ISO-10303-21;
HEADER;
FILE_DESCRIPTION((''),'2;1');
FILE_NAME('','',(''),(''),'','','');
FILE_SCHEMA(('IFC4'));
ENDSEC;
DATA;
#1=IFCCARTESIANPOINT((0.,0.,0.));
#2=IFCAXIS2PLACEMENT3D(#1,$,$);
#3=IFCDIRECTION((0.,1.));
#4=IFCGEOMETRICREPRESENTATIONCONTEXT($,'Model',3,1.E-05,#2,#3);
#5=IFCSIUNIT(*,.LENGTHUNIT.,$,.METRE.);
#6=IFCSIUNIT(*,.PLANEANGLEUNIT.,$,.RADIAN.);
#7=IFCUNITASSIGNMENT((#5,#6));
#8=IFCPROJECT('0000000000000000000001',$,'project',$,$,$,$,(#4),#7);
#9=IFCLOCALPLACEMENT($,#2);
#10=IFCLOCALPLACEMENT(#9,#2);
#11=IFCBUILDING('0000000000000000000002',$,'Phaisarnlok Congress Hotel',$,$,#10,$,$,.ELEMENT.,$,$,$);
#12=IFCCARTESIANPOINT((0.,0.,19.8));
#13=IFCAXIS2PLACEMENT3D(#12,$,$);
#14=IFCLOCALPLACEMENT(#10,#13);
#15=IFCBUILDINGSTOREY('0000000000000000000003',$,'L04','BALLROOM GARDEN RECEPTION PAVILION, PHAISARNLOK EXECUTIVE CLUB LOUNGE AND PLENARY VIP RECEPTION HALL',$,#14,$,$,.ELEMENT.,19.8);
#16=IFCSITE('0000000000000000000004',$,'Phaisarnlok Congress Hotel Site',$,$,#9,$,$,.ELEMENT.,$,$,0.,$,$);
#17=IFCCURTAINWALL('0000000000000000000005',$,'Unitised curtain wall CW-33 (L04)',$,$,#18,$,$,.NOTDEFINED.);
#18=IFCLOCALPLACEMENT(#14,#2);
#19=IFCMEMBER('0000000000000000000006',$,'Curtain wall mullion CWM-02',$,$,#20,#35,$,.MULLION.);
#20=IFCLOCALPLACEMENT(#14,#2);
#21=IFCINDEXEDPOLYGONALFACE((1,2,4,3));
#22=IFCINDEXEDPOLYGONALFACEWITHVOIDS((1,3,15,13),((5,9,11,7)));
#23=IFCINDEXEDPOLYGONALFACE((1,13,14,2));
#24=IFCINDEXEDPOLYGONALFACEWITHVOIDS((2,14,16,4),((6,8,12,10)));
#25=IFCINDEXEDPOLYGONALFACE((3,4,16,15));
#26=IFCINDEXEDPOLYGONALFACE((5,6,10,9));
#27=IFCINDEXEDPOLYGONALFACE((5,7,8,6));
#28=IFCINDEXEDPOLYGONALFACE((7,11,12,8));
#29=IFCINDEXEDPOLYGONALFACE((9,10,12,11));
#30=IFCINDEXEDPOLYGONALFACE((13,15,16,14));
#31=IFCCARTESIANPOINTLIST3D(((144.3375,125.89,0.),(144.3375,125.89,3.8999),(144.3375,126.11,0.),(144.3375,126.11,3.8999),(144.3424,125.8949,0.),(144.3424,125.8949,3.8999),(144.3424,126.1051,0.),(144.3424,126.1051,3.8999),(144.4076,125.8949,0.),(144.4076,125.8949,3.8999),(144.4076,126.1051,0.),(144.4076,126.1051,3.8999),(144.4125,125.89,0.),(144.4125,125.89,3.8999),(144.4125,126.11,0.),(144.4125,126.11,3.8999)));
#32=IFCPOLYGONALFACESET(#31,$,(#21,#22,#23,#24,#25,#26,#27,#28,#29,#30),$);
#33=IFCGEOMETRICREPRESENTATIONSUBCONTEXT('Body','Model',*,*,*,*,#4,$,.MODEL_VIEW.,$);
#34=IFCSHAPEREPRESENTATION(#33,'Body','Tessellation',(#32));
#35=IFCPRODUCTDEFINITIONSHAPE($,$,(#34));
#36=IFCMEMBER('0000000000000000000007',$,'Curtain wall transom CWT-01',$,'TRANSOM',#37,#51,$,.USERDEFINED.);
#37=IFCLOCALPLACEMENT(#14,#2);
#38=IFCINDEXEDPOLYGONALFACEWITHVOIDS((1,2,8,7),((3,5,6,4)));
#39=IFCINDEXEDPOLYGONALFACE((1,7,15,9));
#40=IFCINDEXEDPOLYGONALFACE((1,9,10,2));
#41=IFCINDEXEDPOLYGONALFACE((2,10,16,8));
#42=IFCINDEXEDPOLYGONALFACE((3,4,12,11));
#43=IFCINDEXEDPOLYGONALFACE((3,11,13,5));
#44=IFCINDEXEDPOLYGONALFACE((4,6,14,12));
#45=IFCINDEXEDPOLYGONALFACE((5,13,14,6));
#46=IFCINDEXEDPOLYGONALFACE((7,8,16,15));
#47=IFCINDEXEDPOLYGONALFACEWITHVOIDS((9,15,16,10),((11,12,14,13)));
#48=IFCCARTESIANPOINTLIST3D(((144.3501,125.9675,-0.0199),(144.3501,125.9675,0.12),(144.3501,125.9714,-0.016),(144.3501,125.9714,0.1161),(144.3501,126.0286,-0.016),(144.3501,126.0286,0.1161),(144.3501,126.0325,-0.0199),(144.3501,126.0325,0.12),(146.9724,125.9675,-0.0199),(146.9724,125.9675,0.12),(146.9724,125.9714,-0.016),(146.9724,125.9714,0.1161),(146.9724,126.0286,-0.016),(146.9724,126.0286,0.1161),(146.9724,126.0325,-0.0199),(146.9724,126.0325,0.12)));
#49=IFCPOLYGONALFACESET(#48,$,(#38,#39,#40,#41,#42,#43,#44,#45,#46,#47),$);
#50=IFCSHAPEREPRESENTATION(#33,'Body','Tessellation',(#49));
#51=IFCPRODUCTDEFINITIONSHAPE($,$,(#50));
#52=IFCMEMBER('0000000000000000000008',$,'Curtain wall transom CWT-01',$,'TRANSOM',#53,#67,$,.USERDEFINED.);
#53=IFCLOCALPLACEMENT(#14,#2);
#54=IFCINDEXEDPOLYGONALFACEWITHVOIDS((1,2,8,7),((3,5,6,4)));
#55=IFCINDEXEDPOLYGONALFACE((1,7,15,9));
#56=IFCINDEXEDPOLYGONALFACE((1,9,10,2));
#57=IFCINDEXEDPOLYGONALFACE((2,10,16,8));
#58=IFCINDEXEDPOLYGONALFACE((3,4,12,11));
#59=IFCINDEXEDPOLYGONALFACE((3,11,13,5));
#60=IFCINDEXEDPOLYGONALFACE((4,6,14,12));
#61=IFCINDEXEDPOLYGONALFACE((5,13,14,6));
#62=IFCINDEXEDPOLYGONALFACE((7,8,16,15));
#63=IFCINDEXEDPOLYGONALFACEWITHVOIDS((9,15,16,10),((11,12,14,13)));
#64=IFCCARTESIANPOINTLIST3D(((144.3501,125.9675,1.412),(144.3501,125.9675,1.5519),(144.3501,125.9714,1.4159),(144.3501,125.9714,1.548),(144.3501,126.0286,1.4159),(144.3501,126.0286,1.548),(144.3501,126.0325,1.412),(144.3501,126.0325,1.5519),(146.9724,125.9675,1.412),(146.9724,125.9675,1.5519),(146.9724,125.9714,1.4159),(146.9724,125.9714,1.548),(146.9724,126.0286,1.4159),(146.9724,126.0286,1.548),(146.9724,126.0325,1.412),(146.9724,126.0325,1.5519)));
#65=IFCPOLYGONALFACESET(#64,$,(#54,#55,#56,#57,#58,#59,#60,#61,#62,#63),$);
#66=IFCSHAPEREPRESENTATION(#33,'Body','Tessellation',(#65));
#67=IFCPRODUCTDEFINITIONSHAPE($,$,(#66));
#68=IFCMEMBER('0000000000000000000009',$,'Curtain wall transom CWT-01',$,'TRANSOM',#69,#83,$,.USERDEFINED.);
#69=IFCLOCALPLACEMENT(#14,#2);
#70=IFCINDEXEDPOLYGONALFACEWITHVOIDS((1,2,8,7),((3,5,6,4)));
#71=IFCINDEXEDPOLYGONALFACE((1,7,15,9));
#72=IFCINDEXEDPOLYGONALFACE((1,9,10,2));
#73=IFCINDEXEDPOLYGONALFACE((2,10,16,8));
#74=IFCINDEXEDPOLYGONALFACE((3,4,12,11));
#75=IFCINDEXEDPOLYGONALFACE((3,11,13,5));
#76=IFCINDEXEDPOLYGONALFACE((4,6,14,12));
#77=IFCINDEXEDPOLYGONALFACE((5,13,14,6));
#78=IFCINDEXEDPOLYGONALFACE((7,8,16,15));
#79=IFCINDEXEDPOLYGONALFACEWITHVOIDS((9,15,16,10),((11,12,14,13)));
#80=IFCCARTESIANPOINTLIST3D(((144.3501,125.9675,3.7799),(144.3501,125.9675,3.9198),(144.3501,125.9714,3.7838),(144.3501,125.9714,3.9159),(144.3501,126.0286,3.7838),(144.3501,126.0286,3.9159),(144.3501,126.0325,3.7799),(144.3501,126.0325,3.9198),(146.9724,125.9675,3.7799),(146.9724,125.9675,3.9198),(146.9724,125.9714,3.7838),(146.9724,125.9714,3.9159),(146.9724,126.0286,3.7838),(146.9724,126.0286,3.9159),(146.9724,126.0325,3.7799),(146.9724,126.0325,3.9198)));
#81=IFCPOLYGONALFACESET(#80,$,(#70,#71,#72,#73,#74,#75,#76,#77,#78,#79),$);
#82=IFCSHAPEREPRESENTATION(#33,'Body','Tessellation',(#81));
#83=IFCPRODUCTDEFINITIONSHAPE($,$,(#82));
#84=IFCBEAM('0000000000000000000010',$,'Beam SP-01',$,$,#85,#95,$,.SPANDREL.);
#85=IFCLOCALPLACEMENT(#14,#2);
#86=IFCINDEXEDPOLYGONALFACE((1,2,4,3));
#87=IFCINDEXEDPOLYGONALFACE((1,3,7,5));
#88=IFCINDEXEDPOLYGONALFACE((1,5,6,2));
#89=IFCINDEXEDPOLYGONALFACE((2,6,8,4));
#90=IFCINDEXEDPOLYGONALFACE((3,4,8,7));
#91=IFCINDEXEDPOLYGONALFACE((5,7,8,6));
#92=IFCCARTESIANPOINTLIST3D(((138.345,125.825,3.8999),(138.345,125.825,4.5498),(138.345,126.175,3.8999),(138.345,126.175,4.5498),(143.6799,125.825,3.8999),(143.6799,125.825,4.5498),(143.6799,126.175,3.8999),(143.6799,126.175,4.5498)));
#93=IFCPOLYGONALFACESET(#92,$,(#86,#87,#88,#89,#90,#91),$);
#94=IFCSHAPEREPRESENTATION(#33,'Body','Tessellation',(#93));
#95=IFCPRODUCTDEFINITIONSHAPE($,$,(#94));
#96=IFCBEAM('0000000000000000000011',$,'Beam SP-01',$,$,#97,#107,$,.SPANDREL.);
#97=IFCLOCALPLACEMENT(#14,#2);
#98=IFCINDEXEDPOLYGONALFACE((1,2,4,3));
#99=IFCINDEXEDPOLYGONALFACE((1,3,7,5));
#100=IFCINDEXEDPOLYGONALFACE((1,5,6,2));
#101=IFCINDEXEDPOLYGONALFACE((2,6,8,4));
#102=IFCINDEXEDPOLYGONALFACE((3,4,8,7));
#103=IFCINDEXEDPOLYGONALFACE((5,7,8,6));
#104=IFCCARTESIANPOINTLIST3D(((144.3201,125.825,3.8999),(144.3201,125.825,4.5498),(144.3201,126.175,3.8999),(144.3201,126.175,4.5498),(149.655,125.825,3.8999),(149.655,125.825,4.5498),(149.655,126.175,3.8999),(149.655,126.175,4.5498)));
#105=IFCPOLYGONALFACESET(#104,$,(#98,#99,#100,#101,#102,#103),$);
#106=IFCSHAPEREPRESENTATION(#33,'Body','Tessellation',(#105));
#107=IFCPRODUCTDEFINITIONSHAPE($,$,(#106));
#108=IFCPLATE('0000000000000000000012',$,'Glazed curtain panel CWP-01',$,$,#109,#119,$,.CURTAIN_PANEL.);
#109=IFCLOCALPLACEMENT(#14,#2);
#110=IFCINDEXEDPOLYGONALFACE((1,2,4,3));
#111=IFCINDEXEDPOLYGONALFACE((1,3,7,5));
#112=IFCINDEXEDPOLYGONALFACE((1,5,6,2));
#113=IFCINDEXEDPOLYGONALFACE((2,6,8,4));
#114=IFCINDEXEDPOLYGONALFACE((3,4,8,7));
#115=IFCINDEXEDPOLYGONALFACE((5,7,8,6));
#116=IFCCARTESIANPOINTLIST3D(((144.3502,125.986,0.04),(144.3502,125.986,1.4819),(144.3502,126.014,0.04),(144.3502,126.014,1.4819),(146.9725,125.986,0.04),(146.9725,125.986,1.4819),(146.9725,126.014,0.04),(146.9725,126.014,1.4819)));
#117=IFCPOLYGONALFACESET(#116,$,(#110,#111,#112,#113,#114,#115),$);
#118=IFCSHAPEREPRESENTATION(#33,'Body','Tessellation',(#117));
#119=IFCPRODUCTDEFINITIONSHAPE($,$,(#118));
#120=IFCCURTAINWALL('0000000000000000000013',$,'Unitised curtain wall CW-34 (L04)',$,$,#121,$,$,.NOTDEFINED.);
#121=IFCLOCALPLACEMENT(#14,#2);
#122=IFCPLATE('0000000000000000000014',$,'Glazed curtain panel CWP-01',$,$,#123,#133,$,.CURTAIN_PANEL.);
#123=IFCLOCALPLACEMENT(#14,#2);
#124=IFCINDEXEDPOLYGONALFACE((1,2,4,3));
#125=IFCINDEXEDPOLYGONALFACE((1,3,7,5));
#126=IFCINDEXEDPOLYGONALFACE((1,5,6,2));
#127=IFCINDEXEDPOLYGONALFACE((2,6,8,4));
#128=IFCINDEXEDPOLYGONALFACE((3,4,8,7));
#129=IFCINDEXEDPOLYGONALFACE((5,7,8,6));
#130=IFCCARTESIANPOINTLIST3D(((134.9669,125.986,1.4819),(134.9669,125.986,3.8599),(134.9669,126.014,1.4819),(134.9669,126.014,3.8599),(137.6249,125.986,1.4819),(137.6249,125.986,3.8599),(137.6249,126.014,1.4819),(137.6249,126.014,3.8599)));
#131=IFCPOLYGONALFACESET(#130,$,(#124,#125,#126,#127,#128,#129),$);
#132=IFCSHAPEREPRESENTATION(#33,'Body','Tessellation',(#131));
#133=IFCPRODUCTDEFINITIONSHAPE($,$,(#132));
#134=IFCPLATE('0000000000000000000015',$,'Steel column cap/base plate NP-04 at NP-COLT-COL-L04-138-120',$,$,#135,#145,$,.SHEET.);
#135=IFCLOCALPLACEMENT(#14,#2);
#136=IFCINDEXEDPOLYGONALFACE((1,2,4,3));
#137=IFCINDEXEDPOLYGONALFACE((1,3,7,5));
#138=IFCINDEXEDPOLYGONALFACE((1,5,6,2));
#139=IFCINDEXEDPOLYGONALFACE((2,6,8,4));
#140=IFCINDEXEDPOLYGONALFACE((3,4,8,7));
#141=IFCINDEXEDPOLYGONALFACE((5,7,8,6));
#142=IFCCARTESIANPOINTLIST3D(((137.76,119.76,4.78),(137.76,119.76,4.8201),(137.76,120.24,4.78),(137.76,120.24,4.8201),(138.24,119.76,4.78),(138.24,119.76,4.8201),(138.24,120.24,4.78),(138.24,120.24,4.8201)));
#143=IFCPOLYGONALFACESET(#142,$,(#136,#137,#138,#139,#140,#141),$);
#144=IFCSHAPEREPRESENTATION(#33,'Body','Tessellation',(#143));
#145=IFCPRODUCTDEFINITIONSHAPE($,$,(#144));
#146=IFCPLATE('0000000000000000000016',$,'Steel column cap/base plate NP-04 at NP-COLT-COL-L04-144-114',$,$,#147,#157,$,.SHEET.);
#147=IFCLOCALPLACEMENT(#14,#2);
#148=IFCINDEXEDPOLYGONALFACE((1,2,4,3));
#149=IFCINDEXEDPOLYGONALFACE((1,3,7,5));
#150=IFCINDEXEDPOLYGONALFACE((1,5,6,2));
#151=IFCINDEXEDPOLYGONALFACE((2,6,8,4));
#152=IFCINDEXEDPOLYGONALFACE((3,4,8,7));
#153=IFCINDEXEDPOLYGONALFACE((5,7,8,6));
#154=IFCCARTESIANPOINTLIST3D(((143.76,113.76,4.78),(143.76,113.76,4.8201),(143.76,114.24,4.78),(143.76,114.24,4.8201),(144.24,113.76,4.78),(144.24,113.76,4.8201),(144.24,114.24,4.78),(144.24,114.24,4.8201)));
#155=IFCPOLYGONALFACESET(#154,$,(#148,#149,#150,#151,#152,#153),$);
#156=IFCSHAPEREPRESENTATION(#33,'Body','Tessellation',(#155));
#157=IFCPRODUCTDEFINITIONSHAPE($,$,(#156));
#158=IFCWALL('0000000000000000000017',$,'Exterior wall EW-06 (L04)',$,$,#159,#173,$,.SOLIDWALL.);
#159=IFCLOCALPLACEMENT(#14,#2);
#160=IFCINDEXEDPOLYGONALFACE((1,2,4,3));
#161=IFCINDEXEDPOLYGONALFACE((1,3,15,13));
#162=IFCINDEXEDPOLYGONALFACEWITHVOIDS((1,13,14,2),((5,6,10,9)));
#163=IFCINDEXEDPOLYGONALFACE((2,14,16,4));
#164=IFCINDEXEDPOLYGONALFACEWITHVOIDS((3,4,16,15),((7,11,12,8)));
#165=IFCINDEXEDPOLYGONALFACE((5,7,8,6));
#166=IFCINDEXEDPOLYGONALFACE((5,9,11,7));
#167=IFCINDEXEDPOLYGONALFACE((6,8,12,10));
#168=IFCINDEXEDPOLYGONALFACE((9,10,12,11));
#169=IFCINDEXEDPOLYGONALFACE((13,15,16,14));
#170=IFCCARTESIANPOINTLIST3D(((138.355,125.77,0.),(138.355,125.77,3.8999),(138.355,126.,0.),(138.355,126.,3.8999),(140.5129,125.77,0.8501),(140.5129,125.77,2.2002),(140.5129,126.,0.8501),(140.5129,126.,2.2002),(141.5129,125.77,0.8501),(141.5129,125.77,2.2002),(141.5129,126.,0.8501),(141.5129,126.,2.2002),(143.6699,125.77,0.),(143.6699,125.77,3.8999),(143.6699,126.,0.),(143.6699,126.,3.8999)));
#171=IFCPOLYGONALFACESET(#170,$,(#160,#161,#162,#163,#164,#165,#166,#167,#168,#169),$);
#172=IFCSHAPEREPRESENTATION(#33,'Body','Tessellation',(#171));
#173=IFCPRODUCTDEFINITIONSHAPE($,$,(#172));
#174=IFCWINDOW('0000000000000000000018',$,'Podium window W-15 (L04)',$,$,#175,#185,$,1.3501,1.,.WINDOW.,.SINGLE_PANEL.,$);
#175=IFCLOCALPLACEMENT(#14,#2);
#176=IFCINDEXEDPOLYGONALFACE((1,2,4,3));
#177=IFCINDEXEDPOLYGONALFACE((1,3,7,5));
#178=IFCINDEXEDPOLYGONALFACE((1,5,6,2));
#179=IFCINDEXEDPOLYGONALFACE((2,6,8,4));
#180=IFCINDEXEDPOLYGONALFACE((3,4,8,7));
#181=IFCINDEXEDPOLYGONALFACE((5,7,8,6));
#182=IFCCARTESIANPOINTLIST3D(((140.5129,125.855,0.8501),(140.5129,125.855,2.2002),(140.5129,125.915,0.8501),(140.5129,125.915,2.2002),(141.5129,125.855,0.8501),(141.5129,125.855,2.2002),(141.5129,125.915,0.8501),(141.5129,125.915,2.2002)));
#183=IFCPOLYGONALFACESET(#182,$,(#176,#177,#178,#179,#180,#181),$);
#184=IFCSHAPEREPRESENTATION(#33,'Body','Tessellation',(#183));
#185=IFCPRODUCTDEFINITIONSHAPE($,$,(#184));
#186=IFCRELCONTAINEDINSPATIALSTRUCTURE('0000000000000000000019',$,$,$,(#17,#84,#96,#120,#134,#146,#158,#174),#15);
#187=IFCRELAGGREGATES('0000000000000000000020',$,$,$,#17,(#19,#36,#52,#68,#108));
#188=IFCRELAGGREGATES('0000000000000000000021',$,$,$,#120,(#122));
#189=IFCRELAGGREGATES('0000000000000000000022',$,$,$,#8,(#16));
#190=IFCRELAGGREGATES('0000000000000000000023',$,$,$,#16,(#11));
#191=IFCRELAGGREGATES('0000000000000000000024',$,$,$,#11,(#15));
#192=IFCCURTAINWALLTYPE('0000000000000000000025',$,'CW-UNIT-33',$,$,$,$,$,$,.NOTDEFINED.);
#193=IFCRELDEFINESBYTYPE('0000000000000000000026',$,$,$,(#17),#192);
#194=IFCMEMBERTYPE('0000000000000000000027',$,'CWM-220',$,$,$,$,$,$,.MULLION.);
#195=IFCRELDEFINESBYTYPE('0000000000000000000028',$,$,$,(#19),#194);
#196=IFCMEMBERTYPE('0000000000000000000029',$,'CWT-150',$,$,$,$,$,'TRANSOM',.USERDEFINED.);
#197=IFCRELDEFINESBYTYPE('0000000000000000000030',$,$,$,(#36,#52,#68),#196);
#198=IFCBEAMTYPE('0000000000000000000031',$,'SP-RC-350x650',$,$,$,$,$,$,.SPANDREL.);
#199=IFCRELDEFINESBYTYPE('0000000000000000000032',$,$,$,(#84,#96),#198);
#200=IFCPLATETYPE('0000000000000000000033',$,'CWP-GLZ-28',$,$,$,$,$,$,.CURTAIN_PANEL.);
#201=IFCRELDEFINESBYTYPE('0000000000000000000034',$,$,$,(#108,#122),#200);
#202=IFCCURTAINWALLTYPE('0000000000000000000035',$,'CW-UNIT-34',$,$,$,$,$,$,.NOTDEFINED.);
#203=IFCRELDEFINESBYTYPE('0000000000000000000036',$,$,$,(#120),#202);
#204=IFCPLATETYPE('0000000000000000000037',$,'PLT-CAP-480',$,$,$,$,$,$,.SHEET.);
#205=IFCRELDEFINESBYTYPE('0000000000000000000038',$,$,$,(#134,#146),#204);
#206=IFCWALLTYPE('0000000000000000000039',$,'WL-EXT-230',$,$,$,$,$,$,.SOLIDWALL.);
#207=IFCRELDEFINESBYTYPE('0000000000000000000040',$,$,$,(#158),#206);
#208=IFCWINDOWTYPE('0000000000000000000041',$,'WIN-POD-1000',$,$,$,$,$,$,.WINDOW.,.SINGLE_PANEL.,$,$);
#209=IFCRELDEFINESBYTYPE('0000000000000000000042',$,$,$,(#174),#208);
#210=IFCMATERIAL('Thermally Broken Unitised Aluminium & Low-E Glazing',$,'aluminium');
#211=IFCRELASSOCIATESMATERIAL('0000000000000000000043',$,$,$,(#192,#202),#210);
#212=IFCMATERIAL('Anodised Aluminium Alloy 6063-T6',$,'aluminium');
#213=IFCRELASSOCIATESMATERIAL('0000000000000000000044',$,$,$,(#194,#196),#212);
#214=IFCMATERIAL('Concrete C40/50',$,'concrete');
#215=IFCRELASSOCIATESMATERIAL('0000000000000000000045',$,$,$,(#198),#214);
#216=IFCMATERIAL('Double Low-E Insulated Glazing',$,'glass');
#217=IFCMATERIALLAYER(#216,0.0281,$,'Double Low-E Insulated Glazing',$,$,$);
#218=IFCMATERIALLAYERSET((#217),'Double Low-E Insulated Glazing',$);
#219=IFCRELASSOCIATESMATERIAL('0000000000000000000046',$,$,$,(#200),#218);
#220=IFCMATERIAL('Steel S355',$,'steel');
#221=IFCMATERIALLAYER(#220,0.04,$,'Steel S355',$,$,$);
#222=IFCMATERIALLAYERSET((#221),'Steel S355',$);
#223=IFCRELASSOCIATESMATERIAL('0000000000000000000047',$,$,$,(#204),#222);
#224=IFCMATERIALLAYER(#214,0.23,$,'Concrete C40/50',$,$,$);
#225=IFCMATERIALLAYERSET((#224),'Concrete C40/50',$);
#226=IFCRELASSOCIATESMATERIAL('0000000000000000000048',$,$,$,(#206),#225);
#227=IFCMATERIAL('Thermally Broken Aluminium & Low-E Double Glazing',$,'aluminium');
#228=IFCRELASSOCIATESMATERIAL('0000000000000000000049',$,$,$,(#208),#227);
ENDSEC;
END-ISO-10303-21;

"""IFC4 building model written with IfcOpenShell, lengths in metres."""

from ifc_helpers import new_model, si_unit, direction, frame, frame_2d, origin, origin_2d, place, context, subcontext, project, spatial, rectangle, hollow_rectangle, extrude, material, layer, layer_set, material_profile, profile_set, type_object, element, fill, aggregate, save


model = new_model("IFC4")

# Units and contexts
model_context = context("Model", 3, precision=1e-05, world=origin(), true_north=direction((0.0, 1.0)))
body_context = subcontext(model_context, "Body", "Model", "MODEL_VIEW")
ifc_project = project(units=[si_unit("LENGTHUNIT", "METRE"), si_unit("PLANEANGLEUNIT", "RADIAN")], contexts=[model_context])

# Site, building, storey
site_placement = place(None, origin())
site = spatial("IfcSite", under=ifc_project, at=site_placement, Name="Phaisarnlok Congress Hotel Site", CompositionType="ELEMENT", RefElevation=0.0)
building_placement = place(site_placement, origin())
building = spatial("IfcBuilding", under=site, at=building_placement, Name="Phaisarnlok Congress Hotel", CompositionType="ELEMENT")
storey_placement = place(building_placement, frame((0.0, 0.0, 19.8)))
storey = spatial("IfcBuildingStorey", under=building, at=storey_placement, Name="L04", Description="BALLROOM GARDEN RECEPTION PAVILION, PHAISARNLOK EXECUTIVE CLUB LOUNGE AND PLENARY VIP RECEPTION HALL", CompositionType="ELEMENT", Elevation=19.8)

# Shared definitions
ifc_material_1 = material(Name="Steel S355", Category="steel")

# Shared definitions
ifc_material_2 = material(Name="Concrete C40/50", Category="concrete")

# Curtain wall, members
ifc_material_3 = material(Name="Thermally Broken Unitised Aluminium & Low-E Glazing", Category="aluminium")
curtain_wall_type_1 = type_object("IfcCurtainWallType", Name="CW-UNIT-33", PredefinedType="NOTDEFINED", material=ifc_material_3)
curtain_wall_1_placement = place(storey_placement, origin())
curtain_wall_1 = element("IfcCurtainWall", 1, at=curtain_wall_1_placement, inside=storey, type_object=curtain_wall_type_1, Name="Unitised curtain wall CW-33 (L04)", PredefinedType="NOTDEFINED")
ifc_material_4 = material(Name="Anodised Aluminium Alloy 6063-T6", Category="aluminium")
ifc_material_profile_1 = material_profile(ifc_material_4, hollow_rectangle(XDim=0.075, YDim=0.22, WallThickness=0.0049, at=origin_2d()), Name="ALU-M 75x220x5")
ifc_profile_set_1 = profile_set([ifc_material_profile_1], Name="Anodised Aluminium Alloy 6063-T6")
member_type_1 = type_object("IfcMemberType", Name="CWM-220", PredefinedType="MULLION", material=ifc_profile_set_1)
member_1_placement = place(storey_placement, frame((144.375, 126.0, 0.0), z_axis=(0.0, 0.0, 1.0), x_axis=(-1.0, 0.0, 0.0)))
member_1 = element("IfcMember", 2, at=member_1_placement, type_object=member_type_1, Name="Curtain wall mullion CWM-02", PredefinedType="MULLION", context=body_context, shape_type="SweptSolid", body=[
    extrude(hollow_rectangle(XDim=0.075, YDim=0.22, WallThickness=0.0049, at=origin_2d()), origin(), (0.0, 0.0, 1.0), 3.8999),
])
ifc_material_profile_2 = material_profile(ifc_material_4, hollow_rectangle(XDim=0.0649, YDim=0.1399, WallThickness=0.0039, at=origin_2d()), Name="ALU-T 65x140x4")
ifc_profile_set_2 = profile_set([ifc_material_profile_2], Name="Anodised Aluminium Alloy 6063-T6")
member_type_2 = type_object("IfcMemberType", Name="CWT-150", ElementType="TRANSOM", PredefinedType="USERDEFINED", material=ifc_profile_set_2)
member_2_placement = place(storey_placement, frame((146.9724, 126.0, 0.05), z_axis=(-1.0, 0.0, 0.0), x_axis=(0.0, -1.0, 0.0)))
member_2 = element("IfcMember", 3, at=member_2_placement, type_object=member_type_2, Name="Curtain wall transom CWT-01", ObjectType="TRANSOM", PredefinedType="USERDEFINED", context=body_context, shape_type="SweptSolid", body=[
    extrude(hollow_rectangle(XDim=0.0649, YDim=0.1399, WallThickness=0.0039, at=origin_2d()), origin(), (0.0, 0.0, 1.0), 2.6223),
])
member_3_placement = place(storey_placement, frame((146.9724, 126.0, 1.4819), z_axis=(-1.0, 0.0, 0.0), x_axis=(0.0, -1.0, 0.0)))
member_3 = element("IfcMember", 4, at=member_3_placement, type_object=member_type_2, Name="Curtain wall transom CWT-01", ObjectType="TRANSOM", PredefinedType="USERDEFINED", context=body_context, shape_type="SweptSolid", body=[
    extrude(hollow_rectangle(XDim=0.0649, YDim=0.1399, WallThickness=0.0039, at=origin_2d()), origin(), (0.0, 0.0, 1.0), 2.6223),
])
member_4_placement = place(storey_placement, frame((146.9724, 126.0, 3.8499), z_axis=(-1.0, 0.0, 0.0), x_axis=(0.0, -1.0, 0.0)))
member_4 = element("IfcMember", 5, at=member_4_placement, type_object=member_type_2, Name="Curtain wall transom CWT-01", ObjectType="TRANSOM", PredefinedType="USERDEFINED", context=body_context, shape_type="SweptSolid", body=[
    extrude(hollow_rectangle(XDim=0.0649, YDim=0.1399, WallThickness=0.0039, at=origin_2d()), origin(), (0.0, 0.0, 1.0), 2.6223),
])

# Beams
ifc_material_profile_3 = material_profile(ifc_material_2, rectangle(XDim=0.3501, YDim=0.6499, at=origin_2d()), Name="RC 350x650")
ifc_profile_set_3 = profile_set([ifc_material_profile_3], Name="Concrete C40/50")
beam_type_1 = type_object("IfcBeamType", Name="SP-RC-350x650", PredefinedType="SPANDREL", material=ifc_profile_set_3)
for number, where, z_axis, x_axis, name in (
    (6, (138.345, 126.0, 4.2249), (1.0, 0.0, 0.0), (0.0, 1.0, 0.0), "Beam SP-01"),
    (7, (144.3201, 126.0, 4.2249), (1.0, 0.0, 0.0), (0.0, 1.0, 0.0), "Beam SP-01"),
):
    element("IfcBeam", number, at=place(storey_placement, frame(where, z_axis=z_axis, x_axis=x_axis)), inside=storey, type_object=beam_type_1, Name=name, PredefinedType="SPANDREL", context=body_context, shape_type="SweptSolid", body=[
        extrude(rectangle(XDim=0.3501, YDim=0.6499, at=origin_2d()), origin(), (0.0, 0.0, 1.0), 5.335),
    ])

# Plate
ifc_material_5 = material(Name="Double Low-E Insulated Glazing", Category="glass")
ifc_layer_1 = layer(ifc_material_5, 0.0281, Name="Double Low-E Insulated Glazing")
ifc_layer_set_1 = layer_set([ifc_layer_1], Name="Double Low-E Insulated Glazing")
plate_type_1 = type_object("IfcPlateType", Name="CWP-GLZ-28", PredefinedType="CURTAIN_PANEL", material=ifc_layer_set_1)
plate_1_placement = place(storey_placement, frame((146.9724, 126.0, 0.04), z_axis=(0.0, 0.0, 1.0), x_axis=(-1.0, 0.0, 0.0)))
plate_1 = element("IfcPlate", 8, at=plate_1_placement, type_object=plate_type_1, Name="Glazed curtain panel CWP-01", PredefinedType="CURTAIN_PANEL", context=body_context, shape_type="SweptSolid", body=[
    extrude(rectangle(XDim=2.6223, YDim=0.0281, at=frame_2d((1.311, 0.0))), origin(), (0.0, 0.0, 1.0), 1.4419),
])
aggregate(curtain_wall_1, [member_1, member_2, member_3, member_4, plate_1])

# Curtain wall, plate
curtain_wall_type_2 = type_object("IfcCurtainWallType", Name="CW-UNIT-34", PredefinedType="NOTDEFINED", material=ifc_material_3)
curtain_wall_2_placement = place(storey_placement, origin())
curtain_wall_2 = element("IfcCurtainWall", 9, at=curtain_wall_2_placement, inside=storey, type_object=curtain_wall_type_2, Name="Unitised curtain wall CW-34 (L04)", PredefinedType="NOTDEFINED")
plate_2_placement = place(storey_placement, frame((137.625, 126.0, 1.4819), z_axis=(0.0, 0.0, 1.0), x_axis=(-1.0, 0.0, 0.0)))
plate_2 = element("IfcPlate", 10, at=plate_2_placement, type_object=plate_type_1, Name="Glazed curtain panel CWP-01", PredefinedType="CURTAIN_PANEL", context=body_context, shape_type="SweptSolid", body=[
    extrude(rectangle(XDim=2.658, YDim=0.0281, at=frame_2d((1.3291, 0.0))), origin(), (0.0, 0.0, 1.0), 2.3779),
])
aggregate(curtain_wall_2, [plate_2])

# Plates
ifc_layer_2 = layer(ifc_material_1, 0.04, Name="Steel S355")
ifc_layer_set_2 = layer_set([ifc_layer_2], Name="Steel S355")
plate_type_2 = type_object("IfcPlateType", Name="PLT-CAP-480", PredefinedType="SHEET", material=ifc_layer_set_2)
for number, where, z_axis, x_axis, name in (
    (11, (138.0, 120.0, 4.78), (0.0, 0.0, 1.0), (1.0, 0.0, 0.0), "Steel column cap/base plate NP-04 at NP-COLT-COL-L04-138-120"),
    (12, (144.0, 114.0, 4.78), (0.0, 0.0, 1.0), (1.0, 0.0, 0.0), "Steel column cap/base plate NP-04 at NP-COLT-COL-L04-144-114"),
):
    element("IfcPlate", number, at=place(storey_placement, frame(where, z_axis=z_axis, x_axis=x_axis)), inside=storey, type_object=plate_type_2, Name=name, PredefinedType="SHEET", context=body_context, shape_type="SweptSolid", body=[
        extrude(rectangle(XDim=0.48, YDim=0.48, at=origin_2d()), origin(), (0.0, 0.0, 1.0), 0.04),
    ])

# Wall, opening, window
ifc_layer_3 = layer(ifc_material_2, 0.23, Name="Concrete C40/50")
ifc_layer_set_3 = layer_set([ifc_layer_3], Name="Concrete C40/50")
wall_type = type_object("IfcWallType", Name="WL-EXT-230", PredefinedType="SOLIDWALL", material=ifc_layer_set_3)
wall_placement = place(storey_placement, frame((143.6699, 125.885, 0.0), z_axis=(0.0, 0.0, 1.0), x_axis=(-1.0, 0.0, 0.0)))
wall = element("IfcWall", 13, at=wall_placement, inside=storey, type_object=wall_type, Name="Exterior wall EW-06 (L04)", PredefinedType="SOLIDWALL", context=body_context, shape_type="SweptSolid", body=[
    extrude(rectangle(XDim=5.3149, YDim=0.23, at=frame_2d((2.6575, 0.0))), origin(), (0.0, 0.0, 1.0), 3.8999),
])
opening_placement = place(wall_placement, frame((2.157, 0.0, 0.8501)))
opening = element("IfcOpeningElement", 14, at=opening_placement, cuts=wall, PredefinedType="OPENING", context=body_context, shape_type="SweptSolid", body=[
    extrude(rectangle(XDim=1.0, YDim=1.3501, at=frame_2d((0.5, 0.675))), frame((0.0, 0.125, 0.0), z_axis=(0.0, -1.0, 0.0), x_axis=(1.0, 0.0, 0.0)), (0.0, 0.0, 1.0), 0.25),
])
ifc_material_6 = material(Name="Thermally Broken Aluminium & Low-E Double Glazing", Category="aluminium")
window_type = type_object("IfcWindowType", Name="WIN-POD-1000", PartitioningType="SINGLE_PANEL", PredefinedType="WINDOW", material=ifc_material_6)
window_placement = place(opening_placement, origin())
window = element("IfcWindow", 15, at=window_placement, inside=storey, type_object=window_type, Name="Podium window W-15 (L04)", OverallHeight=1.3501, OverallWidth=1.0, PartitioningType="SINGLE_PANEL", PredefinedType="WINDOW", context=body_context, shape_type="SweptSolid", body=[
    extrude(rectangle(XDim=1.0, YDim=1.3501, at=frame_2d((0.5, 0.675))), frame((0.0, 0.03, 0.0), z_axis=(0.0, -1.0, 0.0), x_axis=(1.0, 0.0, 0.0)), (0.0, 0.0, 1.0), 0.0601),
])
fill(opening, window)

save(model, "model.ifc")
